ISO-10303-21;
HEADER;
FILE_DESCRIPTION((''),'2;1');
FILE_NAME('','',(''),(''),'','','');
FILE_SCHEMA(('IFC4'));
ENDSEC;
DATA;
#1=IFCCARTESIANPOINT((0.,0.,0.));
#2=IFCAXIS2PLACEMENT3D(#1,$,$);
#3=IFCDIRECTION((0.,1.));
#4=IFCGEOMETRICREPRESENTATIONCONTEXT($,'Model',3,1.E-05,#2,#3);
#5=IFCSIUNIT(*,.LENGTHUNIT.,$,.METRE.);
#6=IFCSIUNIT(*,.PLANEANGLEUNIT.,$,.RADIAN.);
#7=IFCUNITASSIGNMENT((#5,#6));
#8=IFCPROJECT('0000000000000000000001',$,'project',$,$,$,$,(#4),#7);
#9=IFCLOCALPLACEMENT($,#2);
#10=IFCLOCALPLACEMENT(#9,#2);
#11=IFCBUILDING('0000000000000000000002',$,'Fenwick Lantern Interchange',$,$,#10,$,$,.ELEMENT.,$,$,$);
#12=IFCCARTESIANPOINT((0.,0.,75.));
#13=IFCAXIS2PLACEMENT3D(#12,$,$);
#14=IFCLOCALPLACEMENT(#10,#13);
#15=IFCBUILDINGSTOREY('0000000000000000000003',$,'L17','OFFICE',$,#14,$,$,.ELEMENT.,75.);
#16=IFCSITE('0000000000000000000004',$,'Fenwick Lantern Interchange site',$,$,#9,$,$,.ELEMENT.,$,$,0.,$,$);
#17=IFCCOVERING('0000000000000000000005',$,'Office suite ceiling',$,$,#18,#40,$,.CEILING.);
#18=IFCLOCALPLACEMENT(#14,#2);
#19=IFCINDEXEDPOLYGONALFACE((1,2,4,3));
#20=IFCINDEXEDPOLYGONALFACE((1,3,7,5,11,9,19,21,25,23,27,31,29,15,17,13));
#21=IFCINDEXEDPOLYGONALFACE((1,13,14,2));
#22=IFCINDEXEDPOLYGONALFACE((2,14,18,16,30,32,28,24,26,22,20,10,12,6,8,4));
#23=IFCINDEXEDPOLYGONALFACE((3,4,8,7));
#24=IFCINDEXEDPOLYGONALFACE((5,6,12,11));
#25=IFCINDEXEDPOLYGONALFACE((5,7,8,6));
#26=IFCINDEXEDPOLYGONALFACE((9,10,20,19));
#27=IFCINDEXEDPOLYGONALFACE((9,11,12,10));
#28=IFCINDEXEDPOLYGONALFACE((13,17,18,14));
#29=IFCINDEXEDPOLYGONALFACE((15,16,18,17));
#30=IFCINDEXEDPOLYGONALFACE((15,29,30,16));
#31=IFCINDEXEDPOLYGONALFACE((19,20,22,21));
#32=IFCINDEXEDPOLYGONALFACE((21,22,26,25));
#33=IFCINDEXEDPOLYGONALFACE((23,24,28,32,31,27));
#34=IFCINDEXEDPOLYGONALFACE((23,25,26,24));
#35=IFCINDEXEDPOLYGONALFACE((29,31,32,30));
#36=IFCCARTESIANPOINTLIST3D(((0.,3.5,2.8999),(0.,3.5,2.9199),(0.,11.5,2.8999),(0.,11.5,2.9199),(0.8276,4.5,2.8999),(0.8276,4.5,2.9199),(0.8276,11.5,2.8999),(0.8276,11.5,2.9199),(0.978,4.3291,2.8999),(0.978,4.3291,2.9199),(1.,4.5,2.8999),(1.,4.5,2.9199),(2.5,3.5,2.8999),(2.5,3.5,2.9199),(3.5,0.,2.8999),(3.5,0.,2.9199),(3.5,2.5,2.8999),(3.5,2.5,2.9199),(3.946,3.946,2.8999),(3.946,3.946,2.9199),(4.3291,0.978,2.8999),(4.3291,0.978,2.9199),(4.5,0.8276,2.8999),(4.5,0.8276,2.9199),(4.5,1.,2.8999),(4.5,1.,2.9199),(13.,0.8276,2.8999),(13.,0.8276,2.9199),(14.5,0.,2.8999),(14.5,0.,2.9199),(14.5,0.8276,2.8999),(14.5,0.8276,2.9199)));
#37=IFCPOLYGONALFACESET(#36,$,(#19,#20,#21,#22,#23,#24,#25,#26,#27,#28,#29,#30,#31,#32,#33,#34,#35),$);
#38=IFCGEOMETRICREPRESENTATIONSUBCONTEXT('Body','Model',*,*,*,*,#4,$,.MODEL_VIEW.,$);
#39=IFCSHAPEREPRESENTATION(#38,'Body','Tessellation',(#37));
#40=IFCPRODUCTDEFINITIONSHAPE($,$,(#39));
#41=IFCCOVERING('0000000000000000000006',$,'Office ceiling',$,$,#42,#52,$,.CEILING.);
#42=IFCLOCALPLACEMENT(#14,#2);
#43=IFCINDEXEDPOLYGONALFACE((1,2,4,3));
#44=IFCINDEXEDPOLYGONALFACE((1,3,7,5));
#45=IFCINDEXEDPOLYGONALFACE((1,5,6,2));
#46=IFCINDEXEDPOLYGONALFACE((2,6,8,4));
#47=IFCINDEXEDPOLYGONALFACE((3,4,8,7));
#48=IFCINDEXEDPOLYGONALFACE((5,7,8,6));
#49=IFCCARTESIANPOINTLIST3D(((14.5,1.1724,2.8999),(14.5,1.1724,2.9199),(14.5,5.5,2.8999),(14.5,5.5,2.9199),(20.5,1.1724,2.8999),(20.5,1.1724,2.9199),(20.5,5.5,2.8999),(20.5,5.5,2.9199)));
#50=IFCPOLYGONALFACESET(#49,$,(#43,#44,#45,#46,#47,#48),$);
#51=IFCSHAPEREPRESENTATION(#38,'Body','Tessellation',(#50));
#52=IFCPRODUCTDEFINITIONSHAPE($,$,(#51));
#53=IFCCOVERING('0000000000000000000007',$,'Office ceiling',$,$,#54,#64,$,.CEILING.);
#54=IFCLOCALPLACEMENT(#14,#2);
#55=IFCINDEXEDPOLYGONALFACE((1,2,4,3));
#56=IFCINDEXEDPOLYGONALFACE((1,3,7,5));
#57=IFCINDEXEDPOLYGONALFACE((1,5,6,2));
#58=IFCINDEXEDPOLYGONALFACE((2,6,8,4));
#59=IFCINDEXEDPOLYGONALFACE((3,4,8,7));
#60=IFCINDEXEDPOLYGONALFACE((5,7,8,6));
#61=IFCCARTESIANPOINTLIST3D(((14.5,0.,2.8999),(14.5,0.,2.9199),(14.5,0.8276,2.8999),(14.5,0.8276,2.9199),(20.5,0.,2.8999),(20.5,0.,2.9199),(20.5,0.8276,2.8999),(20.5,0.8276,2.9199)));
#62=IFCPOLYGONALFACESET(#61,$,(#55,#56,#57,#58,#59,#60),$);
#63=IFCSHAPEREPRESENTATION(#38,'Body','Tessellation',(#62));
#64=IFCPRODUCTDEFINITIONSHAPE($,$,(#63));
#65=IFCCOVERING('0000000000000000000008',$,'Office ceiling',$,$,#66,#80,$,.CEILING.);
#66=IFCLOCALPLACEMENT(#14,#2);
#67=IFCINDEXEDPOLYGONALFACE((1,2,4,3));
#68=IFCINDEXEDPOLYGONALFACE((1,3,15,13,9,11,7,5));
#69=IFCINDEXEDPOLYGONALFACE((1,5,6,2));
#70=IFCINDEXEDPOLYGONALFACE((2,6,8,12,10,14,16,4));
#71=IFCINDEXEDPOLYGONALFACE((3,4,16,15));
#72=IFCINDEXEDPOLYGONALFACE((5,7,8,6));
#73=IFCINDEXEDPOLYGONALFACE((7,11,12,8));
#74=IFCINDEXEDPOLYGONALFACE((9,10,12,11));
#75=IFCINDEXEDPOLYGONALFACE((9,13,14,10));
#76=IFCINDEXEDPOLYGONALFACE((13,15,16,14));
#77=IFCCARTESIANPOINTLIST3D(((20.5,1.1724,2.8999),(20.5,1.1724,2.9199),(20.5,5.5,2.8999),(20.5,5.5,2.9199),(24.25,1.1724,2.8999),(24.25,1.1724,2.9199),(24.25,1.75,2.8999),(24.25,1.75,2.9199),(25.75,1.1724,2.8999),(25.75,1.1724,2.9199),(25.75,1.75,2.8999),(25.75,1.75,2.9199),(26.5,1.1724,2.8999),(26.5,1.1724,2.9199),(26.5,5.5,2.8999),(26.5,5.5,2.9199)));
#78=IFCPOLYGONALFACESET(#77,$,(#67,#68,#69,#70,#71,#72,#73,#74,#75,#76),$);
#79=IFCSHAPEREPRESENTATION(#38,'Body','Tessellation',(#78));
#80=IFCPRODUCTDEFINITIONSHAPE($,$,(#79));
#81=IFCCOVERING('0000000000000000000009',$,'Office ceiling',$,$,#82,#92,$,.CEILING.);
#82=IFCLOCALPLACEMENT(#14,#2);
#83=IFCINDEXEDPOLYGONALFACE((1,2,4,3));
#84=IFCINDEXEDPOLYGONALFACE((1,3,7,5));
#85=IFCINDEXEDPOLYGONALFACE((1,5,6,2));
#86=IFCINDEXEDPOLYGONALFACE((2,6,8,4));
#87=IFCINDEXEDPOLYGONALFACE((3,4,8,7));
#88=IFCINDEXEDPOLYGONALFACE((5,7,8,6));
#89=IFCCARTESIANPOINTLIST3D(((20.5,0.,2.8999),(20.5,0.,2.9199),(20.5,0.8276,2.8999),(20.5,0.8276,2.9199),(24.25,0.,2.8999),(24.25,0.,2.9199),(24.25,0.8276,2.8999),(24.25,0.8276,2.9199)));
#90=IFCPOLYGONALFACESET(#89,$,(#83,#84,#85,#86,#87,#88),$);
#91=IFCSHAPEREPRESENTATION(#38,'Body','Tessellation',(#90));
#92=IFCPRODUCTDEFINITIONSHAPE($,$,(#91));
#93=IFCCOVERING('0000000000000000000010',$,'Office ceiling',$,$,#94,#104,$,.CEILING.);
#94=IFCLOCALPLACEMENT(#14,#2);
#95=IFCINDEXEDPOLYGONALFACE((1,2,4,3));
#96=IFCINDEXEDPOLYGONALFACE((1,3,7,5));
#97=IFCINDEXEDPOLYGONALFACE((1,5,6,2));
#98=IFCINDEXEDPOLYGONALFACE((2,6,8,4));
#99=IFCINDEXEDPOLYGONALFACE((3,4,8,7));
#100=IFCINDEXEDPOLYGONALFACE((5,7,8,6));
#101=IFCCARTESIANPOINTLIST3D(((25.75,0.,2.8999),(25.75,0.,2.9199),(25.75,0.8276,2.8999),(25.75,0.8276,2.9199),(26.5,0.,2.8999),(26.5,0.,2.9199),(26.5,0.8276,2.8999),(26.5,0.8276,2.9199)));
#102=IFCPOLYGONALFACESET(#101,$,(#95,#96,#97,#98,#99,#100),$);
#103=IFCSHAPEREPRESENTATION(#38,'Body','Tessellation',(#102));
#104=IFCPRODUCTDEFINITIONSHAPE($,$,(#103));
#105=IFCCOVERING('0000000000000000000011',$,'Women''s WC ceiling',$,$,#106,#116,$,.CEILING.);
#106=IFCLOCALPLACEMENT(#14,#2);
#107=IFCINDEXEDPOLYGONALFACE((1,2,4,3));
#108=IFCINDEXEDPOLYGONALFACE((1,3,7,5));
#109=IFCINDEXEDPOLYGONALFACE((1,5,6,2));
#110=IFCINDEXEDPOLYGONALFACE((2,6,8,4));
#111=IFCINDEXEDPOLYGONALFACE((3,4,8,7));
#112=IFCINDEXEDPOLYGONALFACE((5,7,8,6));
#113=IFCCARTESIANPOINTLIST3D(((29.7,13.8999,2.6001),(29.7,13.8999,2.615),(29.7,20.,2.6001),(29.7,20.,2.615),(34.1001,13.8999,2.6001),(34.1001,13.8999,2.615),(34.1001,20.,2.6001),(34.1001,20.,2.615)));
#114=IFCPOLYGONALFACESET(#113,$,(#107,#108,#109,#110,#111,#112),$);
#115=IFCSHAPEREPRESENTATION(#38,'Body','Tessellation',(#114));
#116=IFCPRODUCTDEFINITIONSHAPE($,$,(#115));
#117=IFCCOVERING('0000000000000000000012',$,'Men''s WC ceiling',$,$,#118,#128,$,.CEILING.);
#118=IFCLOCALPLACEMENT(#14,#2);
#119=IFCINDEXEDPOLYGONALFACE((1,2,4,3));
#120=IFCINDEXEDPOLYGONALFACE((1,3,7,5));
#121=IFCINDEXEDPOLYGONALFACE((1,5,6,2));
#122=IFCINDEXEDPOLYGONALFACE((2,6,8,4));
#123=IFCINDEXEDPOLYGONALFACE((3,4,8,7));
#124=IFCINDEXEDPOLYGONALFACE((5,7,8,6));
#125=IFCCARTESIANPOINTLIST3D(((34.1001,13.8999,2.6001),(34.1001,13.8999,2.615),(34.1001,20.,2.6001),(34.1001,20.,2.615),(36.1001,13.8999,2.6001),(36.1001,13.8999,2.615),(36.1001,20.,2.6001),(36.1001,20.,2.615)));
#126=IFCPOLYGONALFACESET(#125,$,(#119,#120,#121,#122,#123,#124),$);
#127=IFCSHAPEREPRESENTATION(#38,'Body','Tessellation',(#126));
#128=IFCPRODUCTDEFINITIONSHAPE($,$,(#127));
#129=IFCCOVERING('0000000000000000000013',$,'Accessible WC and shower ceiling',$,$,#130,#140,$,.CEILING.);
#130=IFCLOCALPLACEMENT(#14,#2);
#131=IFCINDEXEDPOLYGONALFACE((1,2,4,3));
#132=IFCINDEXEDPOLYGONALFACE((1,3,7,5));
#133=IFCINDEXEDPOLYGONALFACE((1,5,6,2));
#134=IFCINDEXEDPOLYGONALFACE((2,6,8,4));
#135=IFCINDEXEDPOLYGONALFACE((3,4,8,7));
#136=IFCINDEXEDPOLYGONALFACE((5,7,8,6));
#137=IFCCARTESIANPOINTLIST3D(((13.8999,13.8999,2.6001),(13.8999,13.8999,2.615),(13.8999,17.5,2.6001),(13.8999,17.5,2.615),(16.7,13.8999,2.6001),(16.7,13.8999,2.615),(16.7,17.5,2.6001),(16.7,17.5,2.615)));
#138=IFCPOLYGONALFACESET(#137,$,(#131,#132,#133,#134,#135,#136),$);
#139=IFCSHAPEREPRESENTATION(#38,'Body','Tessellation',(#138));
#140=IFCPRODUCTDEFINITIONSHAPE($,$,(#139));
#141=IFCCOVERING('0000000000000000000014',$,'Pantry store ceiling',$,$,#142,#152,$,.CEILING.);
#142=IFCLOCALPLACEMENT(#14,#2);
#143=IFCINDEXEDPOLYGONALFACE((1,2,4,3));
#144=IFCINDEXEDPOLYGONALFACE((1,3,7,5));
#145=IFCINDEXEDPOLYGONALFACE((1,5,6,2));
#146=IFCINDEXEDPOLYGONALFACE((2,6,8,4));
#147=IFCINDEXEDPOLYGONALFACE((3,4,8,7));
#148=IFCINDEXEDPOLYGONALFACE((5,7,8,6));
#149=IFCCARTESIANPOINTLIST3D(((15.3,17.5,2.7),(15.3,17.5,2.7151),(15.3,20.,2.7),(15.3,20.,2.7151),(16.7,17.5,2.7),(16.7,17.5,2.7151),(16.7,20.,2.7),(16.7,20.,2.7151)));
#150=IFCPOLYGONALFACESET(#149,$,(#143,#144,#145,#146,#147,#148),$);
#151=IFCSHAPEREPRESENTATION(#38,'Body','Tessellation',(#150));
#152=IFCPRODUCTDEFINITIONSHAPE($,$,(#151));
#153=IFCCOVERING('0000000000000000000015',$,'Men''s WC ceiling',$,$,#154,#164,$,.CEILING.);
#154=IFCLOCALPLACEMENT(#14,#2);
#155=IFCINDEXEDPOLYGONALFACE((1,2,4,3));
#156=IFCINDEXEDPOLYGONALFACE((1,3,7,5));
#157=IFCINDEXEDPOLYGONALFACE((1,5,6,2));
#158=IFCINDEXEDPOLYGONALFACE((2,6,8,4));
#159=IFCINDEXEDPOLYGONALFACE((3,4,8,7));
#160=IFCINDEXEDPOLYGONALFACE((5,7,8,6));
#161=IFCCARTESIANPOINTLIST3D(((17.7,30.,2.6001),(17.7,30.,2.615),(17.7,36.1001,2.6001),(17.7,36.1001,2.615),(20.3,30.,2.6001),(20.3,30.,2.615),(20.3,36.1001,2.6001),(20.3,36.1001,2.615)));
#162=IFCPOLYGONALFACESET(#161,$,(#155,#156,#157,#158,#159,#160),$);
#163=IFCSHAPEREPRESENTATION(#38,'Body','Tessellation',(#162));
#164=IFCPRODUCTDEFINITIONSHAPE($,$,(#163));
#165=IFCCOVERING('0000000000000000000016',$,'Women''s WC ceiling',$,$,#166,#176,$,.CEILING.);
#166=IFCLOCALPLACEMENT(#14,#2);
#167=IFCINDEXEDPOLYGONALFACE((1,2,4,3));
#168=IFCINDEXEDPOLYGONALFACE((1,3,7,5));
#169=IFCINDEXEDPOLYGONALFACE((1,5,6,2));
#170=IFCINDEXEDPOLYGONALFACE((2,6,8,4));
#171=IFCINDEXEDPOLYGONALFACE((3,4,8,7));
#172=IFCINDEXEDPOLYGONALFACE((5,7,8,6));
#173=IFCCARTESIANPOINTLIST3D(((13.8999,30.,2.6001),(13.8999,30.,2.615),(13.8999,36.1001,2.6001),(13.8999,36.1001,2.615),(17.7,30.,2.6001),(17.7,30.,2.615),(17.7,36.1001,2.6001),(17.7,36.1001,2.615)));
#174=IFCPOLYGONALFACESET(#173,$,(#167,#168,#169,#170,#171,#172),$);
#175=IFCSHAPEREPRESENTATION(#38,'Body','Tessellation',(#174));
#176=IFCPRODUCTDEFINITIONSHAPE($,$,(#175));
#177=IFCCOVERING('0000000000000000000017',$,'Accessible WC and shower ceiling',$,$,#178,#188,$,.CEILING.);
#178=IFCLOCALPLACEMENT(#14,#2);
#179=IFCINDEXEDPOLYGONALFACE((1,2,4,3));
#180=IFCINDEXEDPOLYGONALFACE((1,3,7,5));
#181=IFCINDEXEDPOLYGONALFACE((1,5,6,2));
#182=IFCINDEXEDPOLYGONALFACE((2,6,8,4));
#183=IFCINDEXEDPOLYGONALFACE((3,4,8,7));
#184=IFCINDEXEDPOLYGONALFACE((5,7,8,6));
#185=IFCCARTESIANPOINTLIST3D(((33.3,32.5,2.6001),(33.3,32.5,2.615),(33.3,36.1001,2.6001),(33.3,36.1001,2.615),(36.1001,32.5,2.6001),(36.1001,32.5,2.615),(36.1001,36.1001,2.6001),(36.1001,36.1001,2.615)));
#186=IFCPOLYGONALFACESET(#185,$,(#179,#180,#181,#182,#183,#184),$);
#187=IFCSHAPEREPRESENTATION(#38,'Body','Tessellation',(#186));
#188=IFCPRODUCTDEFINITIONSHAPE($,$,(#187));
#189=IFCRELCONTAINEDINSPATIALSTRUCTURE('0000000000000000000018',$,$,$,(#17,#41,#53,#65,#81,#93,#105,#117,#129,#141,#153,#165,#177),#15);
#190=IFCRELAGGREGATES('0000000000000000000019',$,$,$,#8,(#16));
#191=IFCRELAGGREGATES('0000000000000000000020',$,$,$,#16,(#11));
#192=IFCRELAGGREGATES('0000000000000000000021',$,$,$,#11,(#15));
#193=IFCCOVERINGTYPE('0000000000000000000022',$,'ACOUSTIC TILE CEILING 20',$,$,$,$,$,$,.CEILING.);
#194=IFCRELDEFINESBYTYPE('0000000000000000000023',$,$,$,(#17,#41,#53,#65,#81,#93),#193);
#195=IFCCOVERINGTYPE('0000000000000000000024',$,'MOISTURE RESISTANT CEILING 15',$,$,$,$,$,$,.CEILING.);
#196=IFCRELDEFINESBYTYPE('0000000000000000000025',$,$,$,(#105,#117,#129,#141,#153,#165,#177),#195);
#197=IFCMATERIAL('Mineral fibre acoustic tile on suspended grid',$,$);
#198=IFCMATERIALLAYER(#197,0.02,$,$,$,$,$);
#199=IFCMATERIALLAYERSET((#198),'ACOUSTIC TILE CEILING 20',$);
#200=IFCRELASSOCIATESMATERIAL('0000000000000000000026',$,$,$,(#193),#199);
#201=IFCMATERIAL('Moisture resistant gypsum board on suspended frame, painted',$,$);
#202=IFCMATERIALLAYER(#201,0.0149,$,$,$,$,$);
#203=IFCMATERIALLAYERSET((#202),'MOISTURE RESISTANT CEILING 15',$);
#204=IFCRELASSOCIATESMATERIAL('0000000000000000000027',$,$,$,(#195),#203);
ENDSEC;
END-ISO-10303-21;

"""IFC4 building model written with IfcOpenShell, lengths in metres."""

from ifc_helpers import new_model, si_unit, direction, frame, origin, place, context, subcontext, project, spatial, polyline, outline, extrude, material, layer, layer_set, type_object, element, save


model = new_model("IFC4")

# Units and contexts
model_context = context("Model", 3, precision=1e-05, world=origin(), true_north=direction((0.0, 1.0)))
body_context = subcontext(model_context, "Body", "Model", "MODEL_VIEW")
ifc_project = project(units=[si_unit("LENGTHUNIT", "METRE"), si_unit("PLANEANGLEUNIT", "RADIAN")], contexts=[model_context])

# Site, building, storey
site_placement = place(None, origin())
site = spatial("IfcSite", under=ifc_project, at=site_placement, Name="Fenwick Lantern Interchange site", CompositionType="ELEMENT", RefElevation=0.0)
building_placement = place(site_placement, origin())
building = spatial("IfcBuilding", under=site, at=building_placement, Name="Fenwick Lantern Interchange", CompositionType="ELEMENT")
storey_placement = place(building_placement, frame((0.0, 0.0, 75.0)))
storey = spatial("IfcBuildingStorey", under=building, at=storey_placement, Name="L17", Description="OFFICE", CompositionType="ELEMENT", Elevation=75.0)

# Coverings
ifc_material_1 = material(Name="Mineral fibre acoustic tile on suspended grid")
ifc_layer_1 = layer(ifc_material_1, 0.02)
ifc_layer_set_1 = layer_set([ifc_layer_1], Name="ACOUSTIC TILE CEILING 20")
covering_type_1 = type_object("IfcCoveringType", Name="ACOUSTIC TILE CEILING 20", PredefinedType="CEILING", material=ifc_layer_set_1)
covering_1_placement = place(storey_placement, frame((0.0, 0.0, 2.8999)))
element("IfcCovering", 1, at=covering_1_placement, inside=storey, type_object=covering_type_1, Name="Office suite ceiling", PredefinedType="CEILING", context=body_context, shape_type="SweptSolid", body=[
    extrude(outline(polyline([(0.0, 11.5), (0.0, 3.5), (2.5, 3.5), (3.5, 2.5), (3.5, 0.0), (14.5, 0.0), (14.5, 0.8276), (13.0, 0.8276), (4.5, 0.8276), (4.5, 1.0), (4.3291, 0.978), (3.946, 3.946), (0.978, 4.3291), (1.0, 4.5), (0.8276, 4.5), (0.8276, 11.5), (0.0, 11.5)])), origin(), (0.0, 0.0, 1.0), 0.02),
])
covering_2_placement = place(storey_placement, frame((0.0, 0.0, 2.8999)))
element("IfcCovering", 2, at=covering_2_placement, inside=storey, type_object=covering_type_1, Name="Office ceiling", PredefinedType="CEILING", context=body_context, shape_type="SweptSolid", body=[
    extrude(outline(polyline([(14.5, 5.5), (14.5, 1.1724), (20.5, 1.1724), (20.5, 5.5), (14.5, 5.5)])), origin(), (0.0, 0.0, 1.0), 0.02),
])
covering_3_placement = place(storey_placement, frame((0.0, 0.0, 2.8999)))
element("IfcCovering", 3, at=covering_3_placement, inside=storey, type_object=covering_type_1, Name="Office ceiling", PredefinedType="CEILING", context=body_context, shape_type="SweptSolid", body=[
    extrude(outline(polyline([(20.5, 0.0), (20.5, 0.8276), (14.5, 0.8276), (14.5, 0.0), (20.5, 0.0)])), origin(), (0.0, 0.0, 1.0), 0.02),
])
covering_4_placement = place(storey_placement, frame((0.0, 0.0, 2.8999)))
element("IfcCovering", 4, at=covering_4_placement, inside=storey, type_object=covering_type_1, Name="Office ceiling", PredefinedType="CEILING", context=body_context, shape_type="SweptSolid", body=[
    extrude(outline(polyline([(20.5, 5.5), (20.5, 1.1724), (24.25, 1.1724), (24.25, 1.75), (25.75, 1.75), (25.75, 1.1724), (26.5, 1.1724), (26.5, 5.5), (20.5, 5.5)])), origin(), (0.0, 0.0, 1.0), 0.02),
])
covering_5_placement = place(storey_placement, frame((0.0, 0.0, 2.8999)))
element("IfcCovering", 5, at=covering_5_placement, inside=storey, type_object=covering_type_1, Name="Office ceiling", PredefinedType="CEILING", context=body_context, shape_type="SweptSolid", body=[
    extrude(outline(polyline([(20.5, 0.8276), (20.5, 0.0), (24.25, 0.0), (24.25, 0.8276), (20.5, 0.8276)])), origin(), (0.0, 0.0, 1.0), 0.02),
])
covering_6_placement = place(storey_placement, frame((0.0, 0.0, 2.8999)))
element("IfcCovering", 6, at=covering_6_placement, inside=storey, type_object=covering_type_1, Name="Office ceiling", PredefinedType="CEILING", context=body_context, shape_type="SweptSolid", body=[
    extrude(outline(polyline([(26.5, 0.0), (26.5, 0.8276), (25.75, 0.8276), (25.75, 0.0), (26.5, 0.0)])), origin(), (0.0, 0.0, 1.0), 0.02),
])
ifc_material_2 = material(Name="Moisture resistant gypsum board on suspended frame, painted")
ifc_layer_2 = layer(ifc_material_2, 0.0149)
ifc_layer_set_2 = layer_set([ifc_layer_2], Name="MOISTURE RESISTANT CEILING 15")
covering_type_2 = type_object("IfcCoveringType", Name="MOISTURE RESISTANT CEILING 15", PredefinedType="CEILING", material=ifc_layer_set_2)
covering_7_placement = place(storey_placement, frame((0.0, 0.0, 2.6001)))
element("IfcCovering", 7, at=covering_7_placement, inside=storey, type_object=covering_type_2, Name="Women's WC ceiling", PredefinedType="CEILING", context=body_context, shape_type="SweptSolid", body=[
    extrude(outline(polyline([(29.7, 13.8999), (34.1001, 13.8999), (34.1001, 20.0), (29.7, 20.0), (29.7, 13.8999)])), origin(), (0.0, 0.0, 1.0), 0.0149),
])
covering_8_placement = place(storey_placement, frame((0.0, 0.0, 2.6001)))
element("IfcCovering", 8, at=covering_8_placement, inside=storey, type_object=covering_type_2, Name="Men's WC ceiling", PredefinedType="CEILING", context=body_context, shape_type="SweptSolid", body=[
    extrude(outline(polyline([(34.1001, 13.8999), (36.1001, 13.8999), (36.1001, 20.0), (34.1001, 20.0), (34.1001, 13.8999)])), origin(), (0.0, 0.0, 1.0), 0.0149),
])
covering_9_placement = place(storey_placement, frame((0.0, 0.0, 2.6001)))
element("IfcCovering", 9, at=covering_9_placement, inside=storey, type_object=covering_type_2, Name="Accessible WC and shower ceiling", PredefinedType="CEILING", context=body_context, shape_type="SweptSolid", body=[
    extrude(outline(polyline([(13.8999, 13.8999), (16.7, 13.8999), (16.7, 17.5), (13.8999, 17.5), (13.8999, 13.8999)])), origin(), (0.0, 0.0, 1.0), 0.0149),
])
covering_10_placement = place(storey_placement, frame((0.0, 0.0, 2.7)))
element("IfcCovering", 10, at=covering_10_placement, inside=storey, type_object=covering_type_2, Name="Pantry store ceiling", PredefinedType="CEILING", context=body_context, shape_type="SweptSolid", body=[
    extrude(outline(polyline([(15.3, 17.5), (16.7, 17.5), (16.7, 20.0), (15.3, 20.0), (15.3, 17.5)])), origin(), (0.0, 0.0, 1.0), 0.0151),
])
covering_11_placement = place(storey_placement, frame((0.0, 0.0, 2.6001)))
element("IfcCovering", 11, at=covering_11_placement, inside=storey, type_object=covering_type_2, Name="Men's WC ceiling", PredefinedType="CEILING", context=body_context, shape_type="SweptSolid", body=[
    extrude(outline(polyline([(20.3, 36.1001), (17.7, 36.1001), (17.7, 30.0), (20.3, 30.0), (20.3, 36.1001)])), origin(), (0.0, 0.0, 1.0), 0.0149),
])
covering_12_placement = place(storey_placement, frame((0.0, 0.0, 2.6001)))
element("IfcCovering", 12, at=covering_12_placement, inside=storey, type_object=covering_type_2, Name="Women's WC ceiling", PredefinedType="CEILING", context=body_context, shape_type="SweptSolid", body=[
    extrude(outline(polyline([(17.7, 36.1001), (13.8999, 36.1001), (13.8999, 30.0), (17.7, 30.0), (17.7, 36.1001)])), origin(), (0.0, 0.0, 1.0), 0.0149),
])
covering_13_placement = place(storey_placement, frame((0.0, 0.0, 2.6001)))
element("IfcCovering", 13, at=covering_13_placement, inside=storey, type_object=covering_type_2, Name="Accessible WC and shower ceiling", PredefinedType="CEILING", context=body_context, shape_type="SweptSolid", body=[
    extrude(outline(polyline([(36.1001, 36.1001), (33.3, 36.1001), (33.3, 32.5), (36.1001, 32.5), (36.1001, 36.1001)])), origin(), (0.0, 0.0, 1.0), 0.0149),
])

save(model, "model.ifc")
